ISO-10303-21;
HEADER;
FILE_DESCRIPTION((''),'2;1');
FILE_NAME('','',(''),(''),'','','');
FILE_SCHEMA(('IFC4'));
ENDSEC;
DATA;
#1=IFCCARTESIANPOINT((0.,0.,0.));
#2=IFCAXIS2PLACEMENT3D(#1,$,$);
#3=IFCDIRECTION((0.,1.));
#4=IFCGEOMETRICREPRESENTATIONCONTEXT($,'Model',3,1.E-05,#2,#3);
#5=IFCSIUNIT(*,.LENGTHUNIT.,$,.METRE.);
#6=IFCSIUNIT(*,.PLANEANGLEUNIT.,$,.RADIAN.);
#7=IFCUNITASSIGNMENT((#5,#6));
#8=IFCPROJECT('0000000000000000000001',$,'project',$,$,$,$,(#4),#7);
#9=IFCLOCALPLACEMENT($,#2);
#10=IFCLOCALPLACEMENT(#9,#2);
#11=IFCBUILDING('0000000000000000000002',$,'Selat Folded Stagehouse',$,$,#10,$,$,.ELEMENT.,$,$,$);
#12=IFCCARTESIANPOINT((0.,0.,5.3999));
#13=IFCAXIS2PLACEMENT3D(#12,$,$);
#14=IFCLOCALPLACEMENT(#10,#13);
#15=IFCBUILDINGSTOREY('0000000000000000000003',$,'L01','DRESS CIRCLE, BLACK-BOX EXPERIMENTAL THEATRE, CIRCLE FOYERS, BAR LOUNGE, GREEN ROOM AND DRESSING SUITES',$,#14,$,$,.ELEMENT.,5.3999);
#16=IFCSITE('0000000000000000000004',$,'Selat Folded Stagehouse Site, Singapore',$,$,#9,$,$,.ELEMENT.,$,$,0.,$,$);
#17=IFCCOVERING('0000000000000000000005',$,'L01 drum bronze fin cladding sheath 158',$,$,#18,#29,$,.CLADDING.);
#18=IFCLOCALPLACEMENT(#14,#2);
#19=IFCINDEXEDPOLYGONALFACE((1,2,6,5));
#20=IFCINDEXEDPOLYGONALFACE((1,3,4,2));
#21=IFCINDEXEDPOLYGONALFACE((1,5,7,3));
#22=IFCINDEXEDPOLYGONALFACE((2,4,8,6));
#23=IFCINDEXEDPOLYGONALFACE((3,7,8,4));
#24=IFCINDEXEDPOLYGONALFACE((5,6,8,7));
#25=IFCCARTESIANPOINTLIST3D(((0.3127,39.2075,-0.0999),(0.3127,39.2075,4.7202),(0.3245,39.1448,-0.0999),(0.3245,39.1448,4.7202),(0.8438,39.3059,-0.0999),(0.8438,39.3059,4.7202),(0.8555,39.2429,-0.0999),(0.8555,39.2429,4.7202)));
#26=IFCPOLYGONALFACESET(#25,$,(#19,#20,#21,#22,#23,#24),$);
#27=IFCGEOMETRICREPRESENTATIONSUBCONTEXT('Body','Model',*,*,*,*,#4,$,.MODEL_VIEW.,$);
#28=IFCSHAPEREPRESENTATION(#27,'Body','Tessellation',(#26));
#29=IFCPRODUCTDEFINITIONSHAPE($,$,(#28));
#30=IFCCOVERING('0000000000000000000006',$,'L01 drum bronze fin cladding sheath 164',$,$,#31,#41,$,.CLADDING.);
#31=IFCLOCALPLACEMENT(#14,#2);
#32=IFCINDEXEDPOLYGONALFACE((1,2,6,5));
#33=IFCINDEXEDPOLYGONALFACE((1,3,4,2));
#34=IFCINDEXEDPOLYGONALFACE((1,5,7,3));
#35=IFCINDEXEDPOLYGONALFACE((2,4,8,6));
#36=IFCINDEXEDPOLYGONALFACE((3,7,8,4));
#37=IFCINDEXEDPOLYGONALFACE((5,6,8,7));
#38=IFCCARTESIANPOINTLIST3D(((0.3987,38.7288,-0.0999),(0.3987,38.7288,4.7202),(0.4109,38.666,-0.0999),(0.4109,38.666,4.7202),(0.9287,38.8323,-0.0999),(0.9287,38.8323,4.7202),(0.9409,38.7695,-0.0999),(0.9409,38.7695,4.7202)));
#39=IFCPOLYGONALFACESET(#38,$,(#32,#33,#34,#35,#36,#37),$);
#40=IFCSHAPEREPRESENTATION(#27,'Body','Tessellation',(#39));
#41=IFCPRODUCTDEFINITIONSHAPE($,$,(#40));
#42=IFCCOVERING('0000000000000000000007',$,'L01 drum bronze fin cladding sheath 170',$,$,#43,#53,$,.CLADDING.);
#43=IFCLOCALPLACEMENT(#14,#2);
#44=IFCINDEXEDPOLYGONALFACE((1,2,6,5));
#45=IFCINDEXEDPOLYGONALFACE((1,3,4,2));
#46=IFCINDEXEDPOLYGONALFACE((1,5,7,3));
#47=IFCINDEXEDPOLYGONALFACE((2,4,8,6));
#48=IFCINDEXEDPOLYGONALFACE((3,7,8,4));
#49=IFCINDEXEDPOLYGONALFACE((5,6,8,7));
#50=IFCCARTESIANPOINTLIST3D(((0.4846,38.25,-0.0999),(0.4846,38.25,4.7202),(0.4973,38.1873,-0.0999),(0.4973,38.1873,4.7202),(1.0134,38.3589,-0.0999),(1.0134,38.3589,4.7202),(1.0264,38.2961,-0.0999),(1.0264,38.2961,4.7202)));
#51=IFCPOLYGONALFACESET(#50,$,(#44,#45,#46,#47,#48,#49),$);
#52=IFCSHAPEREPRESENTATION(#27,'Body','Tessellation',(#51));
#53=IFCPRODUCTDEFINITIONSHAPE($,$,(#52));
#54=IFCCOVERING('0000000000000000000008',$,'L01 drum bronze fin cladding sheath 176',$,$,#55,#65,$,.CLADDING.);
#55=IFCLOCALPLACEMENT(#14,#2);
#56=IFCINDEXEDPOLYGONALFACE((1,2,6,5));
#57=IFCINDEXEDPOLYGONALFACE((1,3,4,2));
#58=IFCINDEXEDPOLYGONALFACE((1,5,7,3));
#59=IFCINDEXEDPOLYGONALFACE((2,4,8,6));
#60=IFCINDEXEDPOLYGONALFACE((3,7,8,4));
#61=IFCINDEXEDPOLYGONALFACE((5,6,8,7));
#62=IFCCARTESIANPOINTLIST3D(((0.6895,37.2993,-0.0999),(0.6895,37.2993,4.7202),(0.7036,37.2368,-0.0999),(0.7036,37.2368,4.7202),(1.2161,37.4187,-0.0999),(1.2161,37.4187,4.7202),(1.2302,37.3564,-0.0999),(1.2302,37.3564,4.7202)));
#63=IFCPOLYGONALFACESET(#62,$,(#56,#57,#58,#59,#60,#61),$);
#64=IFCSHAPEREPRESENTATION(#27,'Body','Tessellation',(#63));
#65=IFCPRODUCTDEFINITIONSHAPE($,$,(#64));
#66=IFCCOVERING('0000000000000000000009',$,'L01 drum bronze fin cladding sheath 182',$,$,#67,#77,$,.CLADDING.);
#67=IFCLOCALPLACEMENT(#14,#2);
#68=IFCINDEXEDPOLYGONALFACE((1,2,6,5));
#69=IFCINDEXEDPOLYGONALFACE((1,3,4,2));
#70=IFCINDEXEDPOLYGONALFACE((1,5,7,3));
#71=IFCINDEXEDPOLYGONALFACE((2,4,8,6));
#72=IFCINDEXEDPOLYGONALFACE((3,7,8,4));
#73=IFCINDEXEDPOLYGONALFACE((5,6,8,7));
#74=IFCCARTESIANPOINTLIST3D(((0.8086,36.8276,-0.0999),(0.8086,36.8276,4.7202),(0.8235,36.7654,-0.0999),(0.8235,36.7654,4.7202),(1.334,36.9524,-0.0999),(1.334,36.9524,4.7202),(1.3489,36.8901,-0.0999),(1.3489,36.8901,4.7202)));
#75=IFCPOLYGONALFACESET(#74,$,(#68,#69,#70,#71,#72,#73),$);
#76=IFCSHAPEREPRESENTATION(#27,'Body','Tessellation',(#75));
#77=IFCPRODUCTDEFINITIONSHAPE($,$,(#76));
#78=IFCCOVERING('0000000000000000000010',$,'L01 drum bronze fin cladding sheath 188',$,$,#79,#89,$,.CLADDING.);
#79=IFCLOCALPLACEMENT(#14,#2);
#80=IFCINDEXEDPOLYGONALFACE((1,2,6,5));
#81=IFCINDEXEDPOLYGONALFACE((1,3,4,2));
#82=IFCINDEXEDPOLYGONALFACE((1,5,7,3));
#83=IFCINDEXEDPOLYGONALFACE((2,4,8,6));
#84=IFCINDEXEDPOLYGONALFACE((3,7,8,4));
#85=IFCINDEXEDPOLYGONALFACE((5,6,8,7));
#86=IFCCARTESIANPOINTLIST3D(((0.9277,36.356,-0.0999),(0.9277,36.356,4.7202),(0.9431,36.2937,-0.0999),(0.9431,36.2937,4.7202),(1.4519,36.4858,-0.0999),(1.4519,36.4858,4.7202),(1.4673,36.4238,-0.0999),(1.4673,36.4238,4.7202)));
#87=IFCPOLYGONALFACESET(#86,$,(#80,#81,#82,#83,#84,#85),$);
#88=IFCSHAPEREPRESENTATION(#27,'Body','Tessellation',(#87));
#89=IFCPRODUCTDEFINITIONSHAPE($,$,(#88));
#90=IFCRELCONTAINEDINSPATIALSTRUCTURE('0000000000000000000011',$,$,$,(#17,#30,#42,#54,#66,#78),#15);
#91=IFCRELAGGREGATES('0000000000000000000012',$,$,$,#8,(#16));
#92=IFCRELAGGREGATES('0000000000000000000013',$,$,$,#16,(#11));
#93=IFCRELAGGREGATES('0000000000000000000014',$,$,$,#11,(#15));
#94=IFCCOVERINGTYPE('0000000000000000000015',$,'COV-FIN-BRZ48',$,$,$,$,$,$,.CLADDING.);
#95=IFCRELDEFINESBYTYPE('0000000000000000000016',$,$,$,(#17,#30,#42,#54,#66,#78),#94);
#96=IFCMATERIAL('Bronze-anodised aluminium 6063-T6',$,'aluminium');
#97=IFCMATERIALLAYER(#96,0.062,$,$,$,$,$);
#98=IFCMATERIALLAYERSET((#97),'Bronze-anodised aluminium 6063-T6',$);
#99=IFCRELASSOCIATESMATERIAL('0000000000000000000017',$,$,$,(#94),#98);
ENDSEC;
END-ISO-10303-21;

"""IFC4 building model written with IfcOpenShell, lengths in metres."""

from ifc_helpers import new_model, si_unit, direction, frame, origin, place, context, subcontext, project, spatial, polyline, outline, extrude, material, layer, layer_set, type_object, element, save


model = new_model("IFC4")

# Units and contexts
model_context = context("Model", 3, precision=1e-05, world=origin(), true_north=direction((0.0, 1.0)))
body_context = subcontext(model_context, "Body", "Model", "MODEL_VIEW")
ifc_project = project(units=[si_unit("LENGTHUNIT", "METRE"), si_unit("PLANEANGLEUNIT", "RADIAN")], contexts=[model_context])

# Site, building, storey
site_placement = place(None, origin())
site = spatial("IfcSite", under=ifc_project, at=site_placement, Name="Selat Folded Stagehouse Site, Singapore", CompositionType="ELEMENT", RefElevation=0.0)
building_placement = place(site_placement, origin())
building = spatial("IfcBuilding", under=site, at=building_placement, Name="Selat Folded Stagehouse", CompositionType="ELEMENT")
storey_placement = place(building_placement, frame((0.0, 0.0, 5.3999)))
storey = spatial("IfcBuildingStorey", under=building, at=storey_placement, Name="L01", Description="DRESS CIRCLE, BLACK-BOX EXPERIMENTAL THEATRE, CIRCLE FOYERS, BAR LOUNGE, GREEN ROOM AND DRESSING SUITES", CompositionType="ELEMENT", Elevation=5.3999)

# Coverings
ifc_material = material(Name="Bronze-anodised aluminium 6063-T6", Category="aluminium")
ifc_layer = layer(ifc_material, 0.062)
ifc_layer_set = layer_set([ifc_layer], Name="Bronze-anodised aluminium 6063-T6")
covering_type = type_object("IfcCoveringType", Name="COV-FIN-BRZ48", PredefinedType="CLADDING", material=ifc_layer_set)
covering_1_placement = place(storey_placement, frame((0.0, 0.0, -0.0999)))
element("IfcCovering", 1, at=covering_1_placement, inside=storey, type_object=covering_type, Name="L01 drum bronze fin cladding sheath 158", PredefinedType="CLADDING", context=body_context, shape_type="SweptSolid", body=[
    extrude(outline(polyline([(0.8438, 39.3059), (0.3127, 39.2075), (0.3245, 39.1448), (0.8555, 39.2429), (0.8438, 39.3059)])), origin(), (0.0, 0.0, 1.0), 4.8201),
])
covering_2_placement = place(storey_placement, frame((0.0, 0.0, -0.0999)))
element("IfcCovering", 2, at=covering_2_placement, inside=storey, type_object=covering_type, Name="L01 drum bronze fin cladding sheath 164", PredefinedType="CLADDING", context=body_context, shape_type="SweptSolid", body=[
    extrude(outline(polyline([(0.9287, 38.8323), (0.3987, 38.7288), (0.4109, 38.666), (0.9409, 38.7695), (0.9287, 38.8323)])), origin(), (0.0, 0.0, 1.0), 4.8201),
])
covering_3_placement = place(storey_placement, frame((0.0, 0.0, -0.0999)))
element("IfcCovering", 3, at=covering_3_placement, inside=storey, type_object=covering_type, Name="L01 drum bronze fin cladding sheath 170", PredefinedType="CLADDING", context=body_context, shape_type="SweptSolid", body=[
    extrude(outline(polyline([(1.0134, 38.3589), (0.4846, 38.25), (0.4973, 38.1873), (1.0264, 38.2961), (1.0134, 38.3589)])), origin(), (0.0, 0.0, 1.0), 4.8201),
])
covering_4_placement = place(storey_placement, frame((0.0, 0.0, -0.0999)))
element("IfcCovering", 4, at=covering_4_placement, inside=storey, type_object=covering_type, Name="L01 drum bronze fin cladding sheath 176", PredefinedType="CLADDING", context=body_context, shape_type="SweptSolid", body=[
    extrude(outline(polyline([(1.2161, 37.4187), (0.6895, 37.2993), (0.7036, 37.2368), (1.2302, 37.3564), (1.2161, 37.4187)])), origin(), (0.0, 0.0, 1.0), 4.8201),
])
covering_5_placement = place(storey_placement, frame((0.0, 0.0, -0.0999)))
element("IfcCovering", 5, at=covering_5_placement, inside=storey, type_object=covering_type, Name="L01 drum bronze fin cladding sheath 182", PredefinedType="CLADDING", context=body_context, shape_type="SweptSolid", body=[
    extrude(outline(polyline([(1.334, 36.9524), (0.8086, 36.8276), (0.8235, 36.7654), (1.3489, 36.8901), (1.334, 36.9524)])), origin(), (0.0, 0.0, 1.0), 4.8201),
])
covering_6_placement = place(storey_placement, frame((0.0, 0.0, -0.0999)))
element("IfcCovering", 6, at=covering_6_placement, inside=storey, type_object=covering_type, Name="L01 drum bronze fin cladding sheath 188", PredefinedType="CLADDING", context=body_context, shape_type="SweptSolid", body=[
    extrude(outline(polyline([(1.4519, 36.4858), (0.9277, 36.356), (0.9431, 36.2937), (1.4673, 36.4238), (1.4519, 36.4858)])), origin(), (0.0, 0.0, 1.0), 4.8201),
])

save(model, "model.ifc")
